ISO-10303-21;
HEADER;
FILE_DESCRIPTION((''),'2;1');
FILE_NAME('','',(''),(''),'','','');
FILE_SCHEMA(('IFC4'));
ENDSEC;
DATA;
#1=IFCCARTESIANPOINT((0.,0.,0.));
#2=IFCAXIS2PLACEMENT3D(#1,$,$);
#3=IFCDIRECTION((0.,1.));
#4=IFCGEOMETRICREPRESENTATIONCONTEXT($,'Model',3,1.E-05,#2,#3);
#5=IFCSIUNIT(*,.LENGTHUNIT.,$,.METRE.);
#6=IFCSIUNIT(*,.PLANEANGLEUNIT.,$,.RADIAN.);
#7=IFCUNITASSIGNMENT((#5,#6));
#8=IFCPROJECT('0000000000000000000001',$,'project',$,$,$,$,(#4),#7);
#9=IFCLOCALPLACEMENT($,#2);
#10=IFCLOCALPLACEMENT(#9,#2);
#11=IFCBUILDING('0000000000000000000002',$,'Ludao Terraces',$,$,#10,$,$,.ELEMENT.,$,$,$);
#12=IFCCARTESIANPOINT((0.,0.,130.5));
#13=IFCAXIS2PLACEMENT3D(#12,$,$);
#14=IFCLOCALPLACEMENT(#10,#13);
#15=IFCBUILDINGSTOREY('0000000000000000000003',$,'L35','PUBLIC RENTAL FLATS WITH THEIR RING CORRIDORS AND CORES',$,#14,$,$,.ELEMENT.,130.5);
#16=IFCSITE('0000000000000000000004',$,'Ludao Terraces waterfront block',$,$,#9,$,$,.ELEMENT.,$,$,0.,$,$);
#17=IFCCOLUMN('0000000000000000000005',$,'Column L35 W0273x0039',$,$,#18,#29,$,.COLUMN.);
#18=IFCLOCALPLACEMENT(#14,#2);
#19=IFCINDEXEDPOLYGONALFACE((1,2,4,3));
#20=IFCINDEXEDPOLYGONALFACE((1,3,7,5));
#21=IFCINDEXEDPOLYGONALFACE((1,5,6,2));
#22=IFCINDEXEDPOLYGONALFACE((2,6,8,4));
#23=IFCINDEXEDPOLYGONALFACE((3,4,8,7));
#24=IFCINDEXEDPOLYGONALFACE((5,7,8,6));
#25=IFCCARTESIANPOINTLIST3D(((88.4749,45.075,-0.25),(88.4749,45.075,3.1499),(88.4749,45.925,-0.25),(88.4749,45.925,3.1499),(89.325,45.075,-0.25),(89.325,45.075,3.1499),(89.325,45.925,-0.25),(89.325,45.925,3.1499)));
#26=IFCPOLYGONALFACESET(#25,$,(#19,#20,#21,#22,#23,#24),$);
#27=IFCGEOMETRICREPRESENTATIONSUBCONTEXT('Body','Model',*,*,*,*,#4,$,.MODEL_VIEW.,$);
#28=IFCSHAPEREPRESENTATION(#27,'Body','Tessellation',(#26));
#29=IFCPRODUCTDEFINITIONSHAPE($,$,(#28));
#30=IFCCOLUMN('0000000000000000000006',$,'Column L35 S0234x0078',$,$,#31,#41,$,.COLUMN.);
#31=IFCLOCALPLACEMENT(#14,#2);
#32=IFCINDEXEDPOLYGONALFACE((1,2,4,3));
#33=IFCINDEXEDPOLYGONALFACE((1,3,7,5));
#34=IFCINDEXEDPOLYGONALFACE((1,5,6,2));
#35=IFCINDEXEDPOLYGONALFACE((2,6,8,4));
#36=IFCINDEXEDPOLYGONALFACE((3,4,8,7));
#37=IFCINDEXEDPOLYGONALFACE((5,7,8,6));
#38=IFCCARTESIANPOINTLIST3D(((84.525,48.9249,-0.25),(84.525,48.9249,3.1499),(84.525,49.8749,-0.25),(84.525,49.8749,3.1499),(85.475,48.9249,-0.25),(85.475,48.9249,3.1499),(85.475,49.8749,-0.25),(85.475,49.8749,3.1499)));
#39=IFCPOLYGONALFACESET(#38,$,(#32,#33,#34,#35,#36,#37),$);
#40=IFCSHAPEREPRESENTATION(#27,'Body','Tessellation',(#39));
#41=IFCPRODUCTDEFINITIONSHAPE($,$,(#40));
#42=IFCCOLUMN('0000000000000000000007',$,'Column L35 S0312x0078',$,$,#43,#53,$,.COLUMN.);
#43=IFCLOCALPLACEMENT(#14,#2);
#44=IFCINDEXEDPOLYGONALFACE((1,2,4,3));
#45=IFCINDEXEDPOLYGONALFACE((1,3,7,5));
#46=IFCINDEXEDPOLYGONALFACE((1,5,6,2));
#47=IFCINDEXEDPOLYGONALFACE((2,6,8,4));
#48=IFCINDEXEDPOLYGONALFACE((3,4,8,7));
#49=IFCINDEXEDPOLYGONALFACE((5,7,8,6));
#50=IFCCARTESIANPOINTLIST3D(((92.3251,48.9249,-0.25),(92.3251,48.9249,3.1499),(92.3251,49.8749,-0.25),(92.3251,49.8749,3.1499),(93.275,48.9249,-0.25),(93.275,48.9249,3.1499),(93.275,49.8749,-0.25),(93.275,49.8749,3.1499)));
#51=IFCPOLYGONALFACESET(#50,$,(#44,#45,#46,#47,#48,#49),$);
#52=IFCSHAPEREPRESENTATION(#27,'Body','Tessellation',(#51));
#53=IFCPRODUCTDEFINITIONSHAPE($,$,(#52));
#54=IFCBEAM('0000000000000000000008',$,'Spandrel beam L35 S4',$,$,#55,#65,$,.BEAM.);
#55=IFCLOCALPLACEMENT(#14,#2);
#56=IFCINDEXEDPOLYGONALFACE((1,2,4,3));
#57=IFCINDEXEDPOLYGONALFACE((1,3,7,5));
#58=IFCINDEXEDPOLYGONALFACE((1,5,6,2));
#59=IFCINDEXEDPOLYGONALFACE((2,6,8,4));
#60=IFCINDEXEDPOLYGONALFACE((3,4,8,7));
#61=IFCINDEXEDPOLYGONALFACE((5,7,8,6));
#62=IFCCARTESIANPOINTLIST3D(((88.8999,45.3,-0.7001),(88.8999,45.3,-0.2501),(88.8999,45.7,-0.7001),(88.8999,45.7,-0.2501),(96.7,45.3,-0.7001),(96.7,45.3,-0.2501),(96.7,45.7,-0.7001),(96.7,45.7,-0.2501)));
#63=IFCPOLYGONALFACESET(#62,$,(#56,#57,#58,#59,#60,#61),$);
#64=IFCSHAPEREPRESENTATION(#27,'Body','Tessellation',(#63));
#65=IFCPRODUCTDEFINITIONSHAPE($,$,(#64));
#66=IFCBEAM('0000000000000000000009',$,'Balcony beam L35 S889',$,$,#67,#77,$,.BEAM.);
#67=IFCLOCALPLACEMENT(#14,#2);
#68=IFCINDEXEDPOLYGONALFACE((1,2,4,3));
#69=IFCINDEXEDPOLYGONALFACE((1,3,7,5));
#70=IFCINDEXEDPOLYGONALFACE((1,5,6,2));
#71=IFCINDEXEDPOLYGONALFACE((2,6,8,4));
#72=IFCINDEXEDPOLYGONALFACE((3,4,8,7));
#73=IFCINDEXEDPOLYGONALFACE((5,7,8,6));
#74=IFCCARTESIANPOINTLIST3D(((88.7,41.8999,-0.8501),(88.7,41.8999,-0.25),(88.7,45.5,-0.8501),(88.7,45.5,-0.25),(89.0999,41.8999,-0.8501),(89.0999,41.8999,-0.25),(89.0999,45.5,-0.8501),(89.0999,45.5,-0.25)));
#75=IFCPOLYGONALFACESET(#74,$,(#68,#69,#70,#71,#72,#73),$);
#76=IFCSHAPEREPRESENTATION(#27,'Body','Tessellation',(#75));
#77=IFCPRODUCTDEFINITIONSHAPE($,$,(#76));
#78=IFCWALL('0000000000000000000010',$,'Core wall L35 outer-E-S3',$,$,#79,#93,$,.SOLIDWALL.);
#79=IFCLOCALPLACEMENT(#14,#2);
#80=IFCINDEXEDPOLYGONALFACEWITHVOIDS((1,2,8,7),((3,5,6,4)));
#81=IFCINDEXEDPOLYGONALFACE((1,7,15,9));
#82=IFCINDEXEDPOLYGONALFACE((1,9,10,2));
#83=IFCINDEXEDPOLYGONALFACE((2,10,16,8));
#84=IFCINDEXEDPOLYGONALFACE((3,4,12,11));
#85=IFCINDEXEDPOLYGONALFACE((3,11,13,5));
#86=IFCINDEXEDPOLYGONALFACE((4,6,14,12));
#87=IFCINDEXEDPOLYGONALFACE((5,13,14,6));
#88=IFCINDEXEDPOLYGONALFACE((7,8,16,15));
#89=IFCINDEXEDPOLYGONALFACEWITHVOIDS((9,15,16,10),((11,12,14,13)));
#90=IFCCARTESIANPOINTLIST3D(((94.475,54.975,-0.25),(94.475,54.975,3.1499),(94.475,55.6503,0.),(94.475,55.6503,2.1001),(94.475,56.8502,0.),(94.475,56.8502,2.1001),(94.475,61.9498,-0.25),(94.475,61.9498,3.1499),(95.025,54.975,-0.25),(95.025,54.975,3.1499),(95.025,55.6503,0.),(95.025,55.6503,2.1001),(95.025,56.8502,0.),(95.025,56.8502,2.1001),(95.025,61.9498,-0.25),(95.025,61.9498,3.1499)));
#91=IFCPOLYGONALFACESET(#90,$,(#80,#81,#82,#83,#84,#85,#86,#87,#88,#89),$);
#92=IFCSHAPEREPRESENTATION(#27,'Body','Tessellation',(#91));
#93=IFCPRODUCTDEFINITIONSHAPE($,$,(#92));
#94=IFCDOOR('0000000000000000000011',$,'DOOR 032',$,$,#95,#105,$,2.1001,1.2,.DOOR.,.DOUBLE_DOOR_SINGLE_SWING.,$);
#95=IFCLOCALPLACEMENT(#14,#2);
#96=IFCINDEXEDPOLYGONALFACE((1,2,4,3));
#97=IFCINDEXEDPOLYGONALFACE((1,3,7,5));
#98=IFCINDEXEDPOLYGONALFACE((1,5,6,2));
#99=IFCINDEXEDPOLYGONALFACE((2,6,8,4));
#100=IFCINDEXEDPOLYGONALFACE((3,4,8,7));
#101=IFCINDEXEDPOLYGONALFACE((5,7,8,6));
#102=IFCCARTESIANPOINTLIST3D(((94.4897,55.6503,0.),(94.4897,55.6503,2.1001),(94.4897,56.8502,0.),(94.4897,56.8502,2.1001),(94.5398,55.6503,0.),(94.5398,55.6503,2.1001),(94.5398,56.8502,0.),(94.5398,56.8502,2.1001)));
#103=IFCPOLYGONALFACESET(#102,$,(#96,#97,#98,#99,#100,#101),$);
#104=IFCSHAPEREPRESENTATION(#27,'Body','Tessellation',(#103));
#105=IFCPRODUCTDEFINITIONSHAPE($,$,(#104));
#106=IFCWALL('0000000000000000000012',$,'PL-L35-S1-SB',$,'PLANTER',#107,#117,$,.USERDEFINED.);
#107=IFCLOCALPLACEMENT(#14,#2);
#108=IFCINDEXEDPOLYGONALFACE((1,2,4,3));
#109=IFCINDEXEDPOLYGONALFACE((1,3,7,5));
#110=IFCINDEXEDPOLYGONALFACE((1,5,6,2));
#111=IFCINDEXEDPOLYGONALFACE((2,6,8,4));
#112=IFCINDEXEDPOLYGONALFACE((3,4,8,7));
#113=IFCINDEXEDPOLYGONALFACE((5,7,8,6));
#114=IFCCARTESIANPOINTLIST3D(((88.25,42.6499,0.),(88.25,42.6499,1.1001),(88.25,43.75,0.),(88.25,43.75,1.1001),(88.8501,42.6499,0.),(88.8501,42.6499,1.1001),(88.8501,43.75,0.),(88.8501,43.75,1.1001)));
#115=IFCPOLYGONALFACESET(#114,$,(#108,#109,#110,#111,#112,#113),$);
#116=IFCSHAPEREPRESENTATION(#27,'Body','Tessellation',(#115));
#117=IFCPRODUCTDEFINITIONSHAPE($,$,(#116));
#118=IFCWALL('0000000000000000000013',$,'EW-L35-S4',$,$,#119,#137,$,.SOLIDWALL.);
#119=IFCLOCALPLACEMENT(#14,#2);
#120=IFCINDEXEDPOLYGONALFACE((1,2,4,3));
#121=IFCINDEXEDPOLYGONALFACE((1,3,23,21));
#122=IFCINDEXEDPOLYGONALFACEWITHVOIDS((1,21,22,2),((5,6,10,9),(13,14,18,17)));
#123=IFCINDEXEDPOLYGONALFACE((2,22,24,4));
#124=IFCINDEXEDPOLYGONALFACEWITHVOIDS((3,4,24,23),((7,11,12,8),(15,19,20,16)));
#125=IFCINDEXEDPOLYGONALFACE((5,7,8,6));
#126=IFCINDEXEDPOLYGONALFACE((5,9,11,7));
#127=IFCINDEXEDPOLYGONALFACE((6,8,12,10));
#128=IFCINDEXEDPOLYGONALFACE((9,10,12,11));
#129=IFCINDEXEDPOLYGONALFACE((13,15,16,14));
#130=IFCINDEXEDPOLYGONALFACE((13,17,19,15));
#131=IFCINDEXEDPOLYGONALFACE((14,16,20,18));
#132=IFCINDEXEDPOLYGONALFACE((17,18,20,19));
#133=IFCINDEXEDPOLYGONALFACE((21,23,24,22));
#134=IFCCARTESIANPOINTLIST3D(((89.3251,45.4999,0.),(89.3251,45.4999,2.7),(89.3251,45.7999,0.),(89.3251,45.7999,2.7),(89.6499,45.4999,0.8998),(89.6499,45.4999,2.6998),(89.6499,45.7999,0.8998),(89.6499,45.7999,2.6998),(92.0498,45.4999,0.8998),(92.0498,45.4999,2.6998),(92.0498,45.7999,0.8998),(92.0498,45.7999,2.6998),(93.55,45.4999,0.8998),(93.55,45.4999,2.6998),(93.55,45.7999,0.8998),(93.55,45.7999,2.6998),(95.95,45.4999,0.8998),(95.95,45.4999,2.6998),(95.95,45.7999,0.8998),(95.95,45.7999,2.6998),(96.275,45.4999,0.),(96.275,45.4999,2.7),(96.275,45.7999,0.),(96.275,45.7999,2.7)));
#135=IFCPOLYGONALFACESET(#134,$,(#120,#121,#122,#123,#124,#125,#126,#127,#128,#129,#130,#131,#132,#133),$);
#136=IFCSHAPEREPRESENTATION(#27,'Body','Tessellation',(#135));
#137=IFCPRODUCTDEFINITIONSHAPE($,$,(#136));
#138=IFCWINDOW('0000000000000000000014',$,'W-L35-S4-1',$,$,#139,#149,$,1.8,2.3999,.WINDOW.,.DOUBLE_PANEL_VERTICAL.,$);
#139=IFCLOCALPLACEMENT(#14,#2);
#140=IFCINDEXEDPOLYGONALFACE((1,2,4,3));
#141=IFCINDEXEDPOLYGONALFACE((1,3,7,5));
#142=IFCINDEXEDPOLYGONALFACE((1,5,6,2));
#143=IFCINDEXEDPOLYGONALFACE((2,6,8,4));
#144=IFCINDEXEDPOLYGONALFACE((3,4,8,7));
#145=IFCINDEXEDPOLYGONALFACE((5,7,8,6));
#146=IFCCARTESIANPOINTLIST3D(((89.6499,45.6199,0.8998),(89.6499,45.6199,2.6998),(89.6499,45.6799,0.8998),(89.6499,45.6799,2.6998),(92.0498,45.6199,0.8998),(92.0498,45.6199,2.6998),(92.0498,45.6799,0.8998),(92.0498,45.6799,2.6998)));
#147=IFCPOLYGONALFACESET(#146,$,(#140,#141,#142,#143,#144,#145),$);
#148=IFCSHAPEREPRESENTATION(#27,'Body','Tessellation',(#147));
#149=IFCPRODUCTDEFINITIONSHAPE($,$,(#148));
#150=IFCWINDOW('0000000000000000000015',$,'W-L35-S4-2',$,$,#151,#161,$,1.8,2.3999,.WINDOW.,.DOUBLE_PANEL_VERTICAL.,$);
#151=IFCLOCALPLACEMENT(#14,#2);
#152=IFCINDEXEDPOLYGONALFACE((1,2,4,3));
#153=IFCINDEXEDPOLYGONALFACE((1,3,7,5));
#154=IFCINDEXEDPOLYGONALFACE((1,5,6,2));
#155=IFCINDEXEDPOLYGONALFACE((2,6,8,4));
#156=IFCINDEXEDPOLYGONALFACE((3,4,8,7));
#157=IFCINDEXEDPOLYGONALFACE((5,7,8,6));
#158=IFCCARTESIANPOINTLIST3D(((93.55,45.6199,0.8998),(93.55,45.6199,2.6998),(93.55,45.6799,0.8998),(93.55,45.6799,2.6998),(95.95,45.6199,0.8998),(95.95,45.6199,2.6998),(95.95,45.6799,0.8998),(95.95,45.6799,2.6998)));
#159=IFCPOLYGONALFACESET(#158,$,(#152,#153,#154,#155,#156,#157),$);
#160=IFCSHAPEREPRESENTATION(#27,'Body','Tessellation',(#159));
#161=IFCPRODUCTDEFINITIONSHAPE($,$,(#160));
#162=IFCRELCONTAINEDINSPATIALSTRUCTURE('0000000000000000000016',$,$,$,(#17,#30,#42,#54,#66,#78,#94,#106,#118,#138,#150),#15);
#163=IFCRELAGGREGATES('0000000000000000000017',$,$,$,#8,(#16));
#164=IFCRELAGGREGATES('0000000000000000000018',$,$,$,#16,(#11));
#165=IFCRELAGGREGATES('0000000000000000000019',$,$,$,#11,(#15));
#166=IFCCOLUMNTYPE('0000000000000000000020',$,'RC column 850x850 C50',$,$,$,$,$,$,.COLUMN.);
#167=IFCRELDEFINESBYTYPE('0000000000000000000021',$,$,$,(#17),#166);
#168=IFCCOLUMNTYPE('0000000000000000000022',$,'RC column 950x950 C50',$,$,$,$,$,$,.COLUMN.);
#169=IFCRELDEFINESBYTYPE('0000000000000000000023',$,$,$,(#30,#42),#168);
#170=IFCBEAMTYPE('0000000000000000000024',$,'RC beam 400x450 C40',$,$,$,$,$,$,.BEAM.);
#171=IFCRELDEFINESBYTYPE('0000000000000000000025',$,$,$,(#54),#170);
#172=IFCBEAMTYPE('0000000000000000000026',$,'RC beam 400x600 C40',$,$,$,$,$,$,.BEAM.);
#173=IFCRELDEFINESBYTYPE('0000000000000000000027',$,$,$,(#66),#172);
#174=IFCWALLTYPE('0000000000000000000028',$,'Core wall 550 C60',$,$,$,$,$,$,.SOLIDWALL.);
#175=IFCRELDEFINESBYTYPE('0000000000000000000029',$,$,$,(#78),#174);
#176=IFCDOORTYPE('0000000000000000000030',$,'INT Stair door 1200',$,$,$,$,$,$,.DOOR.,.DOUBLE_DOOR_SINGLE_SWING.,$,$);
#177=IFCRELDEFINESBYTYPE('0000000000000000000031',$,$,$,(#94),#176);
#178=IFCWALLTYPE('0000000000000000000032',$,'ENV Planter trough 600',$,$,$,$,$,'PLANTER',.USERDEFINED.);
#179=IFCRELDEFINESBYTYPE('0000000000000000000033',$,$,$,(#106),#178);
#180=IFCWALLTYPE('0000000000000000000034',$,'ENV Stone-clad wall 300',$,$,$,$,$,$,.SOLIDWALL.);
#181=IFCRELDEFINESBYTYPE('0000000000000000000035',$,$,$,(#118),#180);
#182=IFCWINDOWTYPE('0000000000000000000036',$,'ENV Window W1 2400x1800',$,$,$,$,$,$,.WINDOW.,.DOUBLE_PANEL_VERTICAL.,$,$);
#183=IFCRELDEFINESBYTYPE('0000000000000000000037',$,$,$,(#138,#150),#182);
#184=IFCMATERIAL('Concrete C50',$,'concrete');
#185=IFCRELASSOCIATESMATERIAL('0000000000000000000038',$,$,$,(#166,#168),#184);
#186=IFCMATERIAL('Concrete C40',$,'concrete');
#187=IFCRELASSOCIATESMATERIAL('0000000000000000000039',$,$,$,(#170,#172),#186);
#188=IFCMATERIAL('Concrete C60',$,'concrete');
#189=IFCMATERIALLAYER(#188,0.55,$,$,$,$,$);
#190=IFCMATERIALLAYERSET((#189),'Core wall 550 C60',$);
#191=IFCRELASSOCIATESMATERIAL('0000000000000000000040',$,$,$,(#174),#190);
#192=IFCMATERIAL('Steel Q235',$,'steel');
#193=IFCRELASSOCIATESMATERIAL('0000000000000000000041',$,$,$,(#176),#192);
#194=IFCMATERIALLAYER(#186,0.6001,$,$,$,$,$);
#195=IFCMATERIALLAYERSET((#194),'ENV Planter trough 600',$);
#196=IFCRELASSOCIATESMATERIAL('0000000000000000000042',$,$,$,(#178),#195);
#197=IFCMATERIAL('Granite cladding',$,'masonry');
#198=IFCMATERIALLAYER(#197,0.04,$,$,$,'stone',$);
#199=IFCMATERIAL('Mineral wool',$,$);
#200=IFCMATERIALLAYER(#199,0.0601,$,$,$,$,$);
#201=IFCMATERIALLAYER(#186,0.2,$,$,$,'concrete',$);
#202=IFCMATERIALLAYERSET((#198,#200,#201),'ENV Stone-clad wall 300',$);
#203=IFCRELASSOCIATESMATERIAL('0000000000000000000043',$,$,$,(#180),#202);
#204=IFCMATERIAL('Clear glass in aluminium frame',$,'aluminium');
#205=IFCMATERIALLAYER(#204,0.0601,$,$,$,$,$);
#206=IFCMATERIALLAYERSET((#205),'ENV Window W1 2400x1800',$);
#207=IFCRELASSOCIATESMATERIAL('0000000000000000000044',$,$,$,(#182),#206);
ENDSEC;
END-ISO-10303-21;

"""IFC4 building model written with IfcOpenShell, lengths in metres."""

from ifc_helpers import new_model, si_unit, direction, frame, frame_2d, origin, origin_2d, place, context, subcontext, project, spatial, rectangle, extrude, material, layer, layer_set, material_profile, profile_set, type_object, element, fill, save


model = new_model("IFC4")

# Units and contexts
model_context = context("Model", 3, precision=1e-05, world=origin(), true_north=direction((0.0, 1.0)))
body_context = subcontext(model_context, "Body", "Model", "MODEL_VIEW")
ifc_project = project(units=[si_unit("LENGTHUNIT", "METRE"), si_unit("PLANEANGLEUNIT", "RADIAN")], contexts=[model_context])

# Site, building, storey
site_placement = place(None, origin())
site = spatial("IfcSite", under=ifc_project, at=site_placement, Name="Ludao Terraces waterfront block", CompositionType="ELEMENT", RefElevation=0.0)
building_placement = place(site_placement, origin())
building = spatial("IfcBuilding", under=site, at=building_placement, Name="Ludao Terraces", CompositionType="ELEMENT")
storey_placement = place(building_placement, frame((0.0, 0.0, 130.5)))
storey = spatial("IfcBuildingStorey", under=building, at=storey_placement, Name="L35", Description="PUBLIC RENTAL FLATS WITH THEIR RING CORRIDORS AND CORES", CompositionType="ELEMENT", Elevation=130.5)

# Columns
ifc_material_1 = material(Name="Concrete C50", Category="concrete")
ifc_material_profile_1 = material_profile(ifc_material_1, rectangle(XDim=0.8501, YDim=0.8501, at=origin_2d()), Name="850 X 850")
ifc_profile_set_1 = profile_set([ifc_material_profile_1], Name="Concrete C50")
column_type_1 = type_object("IfcColumnType", Name="RC column 850x850 C50", PredefinedType="COLUMN", material=ifc_profile_set_1)
column_placement = place(storey_placement, frame((88.8999, 45.5, -0.25), z_axis=(0.0, 0.0, 1.0), x_axis=(1.0, 0.0, 0.0)))
element("IfcColumn", 1, at=column_placement, inside=storey, type_object=column_type_1, Name="Column L35 W0273x0039", PredefinedType="COLUMN", context=body_context, shape_type="SweptSolid", body=[
    extrude(rectangle(XDim=0.8501, YDim=0.8501, at=origin_2d()), origin(), (0.0, 0.0, 1.0), 3.3999),
])
ifc_material_profile_2 = material_profile(ifc_material_1, rectangle(XDim=0.95, YDim=0.95, at=origin_2d()), Name="950 X 950")
ifc_profile_set_2 = profile_set([ifc_material_profile_2], Name="Concrete C50")
column_type_2 = type_object("IfcColumnType", Name="RC column 950x950 C50", PredefinedType="COLUMN", material=ifc_profile_set_2)
for number, where, z_axis, x_axis, name in (
    (2, (85.0, 49.3999, -0.25), (0.0, 0.0, 1.0), (1.0, 0.0, 0.0), "Column L35 S0234x0078"),
    (3, (92.8, 49.3999, -0.25), (0.0, 0.0, 1.0), (1.0, 0.0, 0.0), "Column L35 S0312x0078"),
):
    element("IfcColumn", number, at=place(storey_placement, frame(where, z_axis=z_axis, x_axis=x_axis)), inside=storey, type_object=column_type_2, Name=name, PredefinedType="COLUMN", context=body_context, shape_type="SweptSolid", body=[
        extrude(rectangle(XDim=0.95, YDim=0.95, at=origin_2d()), origin(), (0.0, 0.0, 1.0), 3.3999),
    ])

# Beams
ifc_material_2 = material(Name="Concrete C40", Category="concrete")
ifc_material_profile_3 = material_profile(ifc_material_2, rectangle(XDim=0.3999, YDim=0.45, at=origin_2d()), Name="400 X 450")
ifc_profile_set_3 = profile_set([ifc_material_profile_3], Name="Concrete C40")
beam_type_1 = type_object("IfcBeamType", Name="RC beam 400x450 C40", PredefinedType="BEAM", material=ifc_profile_set_3)
beam_1_placement = place(storey_placement, frame((88.8999, 45.5, -0.4751), z_axis=(1.0, 0.0, 0.0), x_axis=(0.0, 1.0, 0.0)))
element("IfcBeam", 4, at=beam_1_placement, inside=storey, type_object=beam_type_1, Name="Spandrel beam L35 S4", PredefinedType="BEAM", context=body_context, shape_type="SweptSolid", body=[
    extrude(rectangle(XDim=0.3999, YDim=0.45, at=origin_2d()), origin(), (0.0, 0.0, 1.0), 7.8),
])
ifc_material_profile_4 = material_profile(ifc_material_2, rectangle(XDim=0.3999, YDim=0.6001, at=origin_2d()), Name="400 X 600")
ifc_profile_set_4 = profile_set([ifc_material_profile_4], Name="Concrete C40")
beam_type_2 = type_object("IfcBeamType", Name="RC beam 400x600 C40", PredefinedType="BEAM", material=ifc_profile_set_4)
beam_2_placement = place(storey_placement, frame((88.8999, 45.5, -0.55), z_axis=(0.0, -1.0, 0.0), x_axis=(1.0, 0.0, 0.0)))
element("IfcBeam", 5, at=beam_2_placement, inside=storey, type_object=beam_type_2, Name="Balcony beam L35 S889", PredefinedType="BEAM", context=body_context, shape_type="SweptSolid", body=[
    extrude(rectangle(XDim=0.3999, YDim=0.6001, at=origin_2d()), origin(), (0.0, 0.0, 1.0), 3.6001),
])

# Wall, opening, door
ifc_material_3 = material(Name="Concrete C60", Category="concrete")
ifc_layer_1 = layer(ifc_material_3, 0.55)
ifc_layer_set_1 = layer_set([ifc_layer_1], Name="Core wall 550 C60")
wall_type_1 = type_object("IfcWallType", Name="Core wall 550 C60", PredefinedType="SOLIDWALL", material=ifc_layer_set_1)
wall_1_placement = place(storey_placement, frame((94.75, 54.9751, -0.25), z_axis=(0.0, 0.0, 1.0), x_axis=(0.0, 1.0, 0.0)))
wall_1 = element("IfcWall", 6, at=wall_1_placement, inside=storey, type_object=wall_type_1, Name="Core wall L35 outer-E-S3", PredefinedType="SOLIDWALL", context=body_context, shape_type="SweptSolid", body=[
    extrude(rectangle(XDim=6.9749, YDim=0.55, at=frame_2d((3.4873, 0.0))), origin(), (0.0, 0.0, 1.0), 3.3999),
])
opening_1_placement = place(wall_1_placement, frame((0.675, 0.0, 0.25)))
opening_1 = element("IfcOpeningElement", 7, at=opening_1_placement, cuts=wall_1, PredefinedType="OPENING", context=body_context, shape_type="SweptSolid", body=[
    extrude(rectangle(XDim=1.2, YDim=2.1001, at=frame_2d((0.6001, 1.05))), frame((0.0, 0.2852, 0.0), z_axis=(0.0, -1.0, 0.0), x_axis=(1.0, 0.0, 0.0)), (0.0, 0.0, 1.0), 0.5701),
])
ifc_material_4 = material(Name="Steel Q235", Category="steel")
door_type_1 = type_object("IfcDoorType", Name="INT Stair door 1200", OperationType="DOUBLE_DOOR_SINGLE_SWING", PredefinedType="DOOR", material=ifc_material_4)
door_1_placement = place(opening_1_placement, origin())
door_1 = element("IfcDoor", 8, at=door_1_placement, inside=storey, type_object=door_type_1, Name="DOOR 032", OperationType="DOUBLE_DOOR_SINGLE_SWING", OverallHeight=2.1001, OverallWidth=1.2, PredefinedType="DOOR", context=body_context, shape_type="SweptSolid", body=[
    extrude(rectangle(XDim=1.2, YDim=2.1001, at=frame_2d((0.6001, 1.05))), frame((0.0, 0.2603, 0.0), z_axis=(0.0, -1.0, 0.0), x_axis=(1.0, 0.0, 0.0)), (0.0, 0.0, 1.0), 0.05),
])
fill(opening_1, door_1)

# Wall
ifc_layer_2 = layer(ifc_material_2, 0.6001)
ifc_layer_set_2 = layer_set([ifc_layer_2], Name="ENV Planter trough 600")
wall_type_2 = type_object("IfcWallType", Name="ENV Planter trough 600", ElementType="PLANTER", PredefinedType="USERDEFINED", material=ifc_layer_set_2)
wall_2_placement = place(storey_placement, frame((88.55, 42.6499, 0.0), z_axis=(0.0, 0.0, 1.0), x_axis=(0.0, 1.0, 0.0)))
element("IfcWall", 9, at=wall_2_placement, inside=storey, type_object=wall_type_2, Name="PL-L35-S1-SB", ObjectType="PLANTER", PredefinedType="USERDEFINED", context=body_context, shape_type="SweptSolid", body=[
    extrude(rectangle(XDim=1.1001, YDim=0.6001, at=frame_2d((0.55, 0.0))), origin(), (0.0, 0.0, 1.0), 1.1001),
])

# Wall, openings, windows
ifc_material_5 = material(Name="Granite cladding", Category="masonry")
ifc_layer_3 = layer(ifc_material_5, 0.04, Category="stone")
ifc_material_6 = material(Name="Mineral wool")
ifc_layer_4 = layer(ifc_material_6, 0.0601)
ifc_layer_5 = layer(ifc_material_2, 0.2, Category="concrete")
ifc_layer_set_3 = layer_set([ifc_layer_3, ifc_layer_4, ifc_layer_5], Name="ENV Stone-clad wall 300")
wall_type_3 = type_object("IfcWallType", Name="ENV Stone-clad wall 300", PredefinedType="SOLIDWALL", material=ifc_layer_set_3)
wall_3_placement = place(storey_placement, frame((89.325, 45.6499, 0.0), z_axis=(0.0, 0.0, 1.0), x_axis=(1.0, 0.0, 0.0)))
wall_3 = element("IfcWall", 10, at=wall_3_placement, inside=storey, type_object=wall_type_3, Name="EW-L35-S4", PredefinedType="SOLIDWALL", context=body_context, shape_type="SweptSolid", body=[
    extrude(rectangle(XDim=6.95, YDim=0.3, at=frame_2d((3.4751, 0.0))), origin(), (0.0, 0.0, 1.0), 2.7),
])
opening_2_placement = place(wall_3_placement, frame((0.325, 0.0, 0.8999)))
opening_2 = element("IfcOpeningElement", 11, at=opening_2_placement, cuts=wall_3, PredefinedType="OPENING", context=body_context, shape_type="SweptSolid", body=[
    extrude(rectangle(XDim=2.3999, YDim=1.8, at=frame_2d((1.2, 0.8999))), frame((0.0, 0.1602, 0.0), z_axis=(0.0, -1.0, 0.0), x_axis=(1.0, 0.0, 0.0)), (0.0, 0.0, 1.0), 0.3201),
])
opening_3_placement = place(wall_3_placement, frame((4.2251, 0.0, 0.8999)))
opening_3 = element("IfcOpeningElement", 12, at=opening_3_placement, cuts=wall_3, PredefinedType="OPENING", context=body_context, shape_type="SweptSolid", body=[
    extrude(rectangle(XDim=2.3999, YDim=1.8, at=frame_2d((1.2, 0.8999))), frame((0.0, 0.1602, 0.0), z_axis=(0.0, -1.0, 0.0), x_axis=(1.0, 0.0, 0.0)), (0.0, 0.0, 1.0), 0.3201),
])
ifc_material_7 = material(Name="Clear glass in aluminium frame", Category="aluminium")
ifc_layer_6 = layer(ifc_material_7, 0.0601)
ifc_layer_set_4 = layer_set([ifc_layer_6], Name="ENV Window W1 2400x1800")
window_type = type_object("IfcWindowType", Name="ENV Window W1 2400x1800", PartitioningType="DOUBLE_PANEL_VERTICAL", PredefinedType="WINDOW", material=ifc_layer_set_4)
window_1_placement = place(opening_2_placement, origin())
window_1 = element("IfcWindow", 13, at=window_1_placement, inside=storey, type_object=window_type, Name="W-L35-S4-1", OverallHeight=1.8, OverallWidth=2.3999, PartitioningType="DOUBLE_PANEL_VERTICAL", PredefinedType="WINDOW", context=body_context, shape_type="SweptSolid", body=[
    extrude(rectangle(XDim=2.3999, YDim=1.8, at=frame_2d((1.2, 0.8999))), frame((0.0, 0.03, 0.0), z_axis=(0.0, -1.0, 0.0), x_axis=(1.0, 0.0, 0.0)), (0.0, 0.0, 1.0), 0.0601),
])
fill(opening_2, window_1)
window_2_placement = place(opening_3_placement, origin())
window_2 = element("IfcWindow", 14, at=window_2_placement, inside=storey, type_object=window_type, Name="W-L35-S4-2", OverallHeight=1.8, OverallWidth=2.3999, PartitioningType="DOUBLE_PANEL_VERTICAL", PredefinedType="WINDOW", context=body_context, shape_type="SweptSolid", body=[
    extrude(rectangle(XDim=2.3999, YDim=1.8, at=frame_2d((1.2, 0.8999))), frame((0.0, 0.03, 0.0), z_axis=(0.0, -1.0, 0.0), x_axis=(1.0, 0.0, 0.0)), (0.0, 0.0, 1.0), 0.0601),
])
fill(opening_3, window_2)

save(model, "model.ifc")
